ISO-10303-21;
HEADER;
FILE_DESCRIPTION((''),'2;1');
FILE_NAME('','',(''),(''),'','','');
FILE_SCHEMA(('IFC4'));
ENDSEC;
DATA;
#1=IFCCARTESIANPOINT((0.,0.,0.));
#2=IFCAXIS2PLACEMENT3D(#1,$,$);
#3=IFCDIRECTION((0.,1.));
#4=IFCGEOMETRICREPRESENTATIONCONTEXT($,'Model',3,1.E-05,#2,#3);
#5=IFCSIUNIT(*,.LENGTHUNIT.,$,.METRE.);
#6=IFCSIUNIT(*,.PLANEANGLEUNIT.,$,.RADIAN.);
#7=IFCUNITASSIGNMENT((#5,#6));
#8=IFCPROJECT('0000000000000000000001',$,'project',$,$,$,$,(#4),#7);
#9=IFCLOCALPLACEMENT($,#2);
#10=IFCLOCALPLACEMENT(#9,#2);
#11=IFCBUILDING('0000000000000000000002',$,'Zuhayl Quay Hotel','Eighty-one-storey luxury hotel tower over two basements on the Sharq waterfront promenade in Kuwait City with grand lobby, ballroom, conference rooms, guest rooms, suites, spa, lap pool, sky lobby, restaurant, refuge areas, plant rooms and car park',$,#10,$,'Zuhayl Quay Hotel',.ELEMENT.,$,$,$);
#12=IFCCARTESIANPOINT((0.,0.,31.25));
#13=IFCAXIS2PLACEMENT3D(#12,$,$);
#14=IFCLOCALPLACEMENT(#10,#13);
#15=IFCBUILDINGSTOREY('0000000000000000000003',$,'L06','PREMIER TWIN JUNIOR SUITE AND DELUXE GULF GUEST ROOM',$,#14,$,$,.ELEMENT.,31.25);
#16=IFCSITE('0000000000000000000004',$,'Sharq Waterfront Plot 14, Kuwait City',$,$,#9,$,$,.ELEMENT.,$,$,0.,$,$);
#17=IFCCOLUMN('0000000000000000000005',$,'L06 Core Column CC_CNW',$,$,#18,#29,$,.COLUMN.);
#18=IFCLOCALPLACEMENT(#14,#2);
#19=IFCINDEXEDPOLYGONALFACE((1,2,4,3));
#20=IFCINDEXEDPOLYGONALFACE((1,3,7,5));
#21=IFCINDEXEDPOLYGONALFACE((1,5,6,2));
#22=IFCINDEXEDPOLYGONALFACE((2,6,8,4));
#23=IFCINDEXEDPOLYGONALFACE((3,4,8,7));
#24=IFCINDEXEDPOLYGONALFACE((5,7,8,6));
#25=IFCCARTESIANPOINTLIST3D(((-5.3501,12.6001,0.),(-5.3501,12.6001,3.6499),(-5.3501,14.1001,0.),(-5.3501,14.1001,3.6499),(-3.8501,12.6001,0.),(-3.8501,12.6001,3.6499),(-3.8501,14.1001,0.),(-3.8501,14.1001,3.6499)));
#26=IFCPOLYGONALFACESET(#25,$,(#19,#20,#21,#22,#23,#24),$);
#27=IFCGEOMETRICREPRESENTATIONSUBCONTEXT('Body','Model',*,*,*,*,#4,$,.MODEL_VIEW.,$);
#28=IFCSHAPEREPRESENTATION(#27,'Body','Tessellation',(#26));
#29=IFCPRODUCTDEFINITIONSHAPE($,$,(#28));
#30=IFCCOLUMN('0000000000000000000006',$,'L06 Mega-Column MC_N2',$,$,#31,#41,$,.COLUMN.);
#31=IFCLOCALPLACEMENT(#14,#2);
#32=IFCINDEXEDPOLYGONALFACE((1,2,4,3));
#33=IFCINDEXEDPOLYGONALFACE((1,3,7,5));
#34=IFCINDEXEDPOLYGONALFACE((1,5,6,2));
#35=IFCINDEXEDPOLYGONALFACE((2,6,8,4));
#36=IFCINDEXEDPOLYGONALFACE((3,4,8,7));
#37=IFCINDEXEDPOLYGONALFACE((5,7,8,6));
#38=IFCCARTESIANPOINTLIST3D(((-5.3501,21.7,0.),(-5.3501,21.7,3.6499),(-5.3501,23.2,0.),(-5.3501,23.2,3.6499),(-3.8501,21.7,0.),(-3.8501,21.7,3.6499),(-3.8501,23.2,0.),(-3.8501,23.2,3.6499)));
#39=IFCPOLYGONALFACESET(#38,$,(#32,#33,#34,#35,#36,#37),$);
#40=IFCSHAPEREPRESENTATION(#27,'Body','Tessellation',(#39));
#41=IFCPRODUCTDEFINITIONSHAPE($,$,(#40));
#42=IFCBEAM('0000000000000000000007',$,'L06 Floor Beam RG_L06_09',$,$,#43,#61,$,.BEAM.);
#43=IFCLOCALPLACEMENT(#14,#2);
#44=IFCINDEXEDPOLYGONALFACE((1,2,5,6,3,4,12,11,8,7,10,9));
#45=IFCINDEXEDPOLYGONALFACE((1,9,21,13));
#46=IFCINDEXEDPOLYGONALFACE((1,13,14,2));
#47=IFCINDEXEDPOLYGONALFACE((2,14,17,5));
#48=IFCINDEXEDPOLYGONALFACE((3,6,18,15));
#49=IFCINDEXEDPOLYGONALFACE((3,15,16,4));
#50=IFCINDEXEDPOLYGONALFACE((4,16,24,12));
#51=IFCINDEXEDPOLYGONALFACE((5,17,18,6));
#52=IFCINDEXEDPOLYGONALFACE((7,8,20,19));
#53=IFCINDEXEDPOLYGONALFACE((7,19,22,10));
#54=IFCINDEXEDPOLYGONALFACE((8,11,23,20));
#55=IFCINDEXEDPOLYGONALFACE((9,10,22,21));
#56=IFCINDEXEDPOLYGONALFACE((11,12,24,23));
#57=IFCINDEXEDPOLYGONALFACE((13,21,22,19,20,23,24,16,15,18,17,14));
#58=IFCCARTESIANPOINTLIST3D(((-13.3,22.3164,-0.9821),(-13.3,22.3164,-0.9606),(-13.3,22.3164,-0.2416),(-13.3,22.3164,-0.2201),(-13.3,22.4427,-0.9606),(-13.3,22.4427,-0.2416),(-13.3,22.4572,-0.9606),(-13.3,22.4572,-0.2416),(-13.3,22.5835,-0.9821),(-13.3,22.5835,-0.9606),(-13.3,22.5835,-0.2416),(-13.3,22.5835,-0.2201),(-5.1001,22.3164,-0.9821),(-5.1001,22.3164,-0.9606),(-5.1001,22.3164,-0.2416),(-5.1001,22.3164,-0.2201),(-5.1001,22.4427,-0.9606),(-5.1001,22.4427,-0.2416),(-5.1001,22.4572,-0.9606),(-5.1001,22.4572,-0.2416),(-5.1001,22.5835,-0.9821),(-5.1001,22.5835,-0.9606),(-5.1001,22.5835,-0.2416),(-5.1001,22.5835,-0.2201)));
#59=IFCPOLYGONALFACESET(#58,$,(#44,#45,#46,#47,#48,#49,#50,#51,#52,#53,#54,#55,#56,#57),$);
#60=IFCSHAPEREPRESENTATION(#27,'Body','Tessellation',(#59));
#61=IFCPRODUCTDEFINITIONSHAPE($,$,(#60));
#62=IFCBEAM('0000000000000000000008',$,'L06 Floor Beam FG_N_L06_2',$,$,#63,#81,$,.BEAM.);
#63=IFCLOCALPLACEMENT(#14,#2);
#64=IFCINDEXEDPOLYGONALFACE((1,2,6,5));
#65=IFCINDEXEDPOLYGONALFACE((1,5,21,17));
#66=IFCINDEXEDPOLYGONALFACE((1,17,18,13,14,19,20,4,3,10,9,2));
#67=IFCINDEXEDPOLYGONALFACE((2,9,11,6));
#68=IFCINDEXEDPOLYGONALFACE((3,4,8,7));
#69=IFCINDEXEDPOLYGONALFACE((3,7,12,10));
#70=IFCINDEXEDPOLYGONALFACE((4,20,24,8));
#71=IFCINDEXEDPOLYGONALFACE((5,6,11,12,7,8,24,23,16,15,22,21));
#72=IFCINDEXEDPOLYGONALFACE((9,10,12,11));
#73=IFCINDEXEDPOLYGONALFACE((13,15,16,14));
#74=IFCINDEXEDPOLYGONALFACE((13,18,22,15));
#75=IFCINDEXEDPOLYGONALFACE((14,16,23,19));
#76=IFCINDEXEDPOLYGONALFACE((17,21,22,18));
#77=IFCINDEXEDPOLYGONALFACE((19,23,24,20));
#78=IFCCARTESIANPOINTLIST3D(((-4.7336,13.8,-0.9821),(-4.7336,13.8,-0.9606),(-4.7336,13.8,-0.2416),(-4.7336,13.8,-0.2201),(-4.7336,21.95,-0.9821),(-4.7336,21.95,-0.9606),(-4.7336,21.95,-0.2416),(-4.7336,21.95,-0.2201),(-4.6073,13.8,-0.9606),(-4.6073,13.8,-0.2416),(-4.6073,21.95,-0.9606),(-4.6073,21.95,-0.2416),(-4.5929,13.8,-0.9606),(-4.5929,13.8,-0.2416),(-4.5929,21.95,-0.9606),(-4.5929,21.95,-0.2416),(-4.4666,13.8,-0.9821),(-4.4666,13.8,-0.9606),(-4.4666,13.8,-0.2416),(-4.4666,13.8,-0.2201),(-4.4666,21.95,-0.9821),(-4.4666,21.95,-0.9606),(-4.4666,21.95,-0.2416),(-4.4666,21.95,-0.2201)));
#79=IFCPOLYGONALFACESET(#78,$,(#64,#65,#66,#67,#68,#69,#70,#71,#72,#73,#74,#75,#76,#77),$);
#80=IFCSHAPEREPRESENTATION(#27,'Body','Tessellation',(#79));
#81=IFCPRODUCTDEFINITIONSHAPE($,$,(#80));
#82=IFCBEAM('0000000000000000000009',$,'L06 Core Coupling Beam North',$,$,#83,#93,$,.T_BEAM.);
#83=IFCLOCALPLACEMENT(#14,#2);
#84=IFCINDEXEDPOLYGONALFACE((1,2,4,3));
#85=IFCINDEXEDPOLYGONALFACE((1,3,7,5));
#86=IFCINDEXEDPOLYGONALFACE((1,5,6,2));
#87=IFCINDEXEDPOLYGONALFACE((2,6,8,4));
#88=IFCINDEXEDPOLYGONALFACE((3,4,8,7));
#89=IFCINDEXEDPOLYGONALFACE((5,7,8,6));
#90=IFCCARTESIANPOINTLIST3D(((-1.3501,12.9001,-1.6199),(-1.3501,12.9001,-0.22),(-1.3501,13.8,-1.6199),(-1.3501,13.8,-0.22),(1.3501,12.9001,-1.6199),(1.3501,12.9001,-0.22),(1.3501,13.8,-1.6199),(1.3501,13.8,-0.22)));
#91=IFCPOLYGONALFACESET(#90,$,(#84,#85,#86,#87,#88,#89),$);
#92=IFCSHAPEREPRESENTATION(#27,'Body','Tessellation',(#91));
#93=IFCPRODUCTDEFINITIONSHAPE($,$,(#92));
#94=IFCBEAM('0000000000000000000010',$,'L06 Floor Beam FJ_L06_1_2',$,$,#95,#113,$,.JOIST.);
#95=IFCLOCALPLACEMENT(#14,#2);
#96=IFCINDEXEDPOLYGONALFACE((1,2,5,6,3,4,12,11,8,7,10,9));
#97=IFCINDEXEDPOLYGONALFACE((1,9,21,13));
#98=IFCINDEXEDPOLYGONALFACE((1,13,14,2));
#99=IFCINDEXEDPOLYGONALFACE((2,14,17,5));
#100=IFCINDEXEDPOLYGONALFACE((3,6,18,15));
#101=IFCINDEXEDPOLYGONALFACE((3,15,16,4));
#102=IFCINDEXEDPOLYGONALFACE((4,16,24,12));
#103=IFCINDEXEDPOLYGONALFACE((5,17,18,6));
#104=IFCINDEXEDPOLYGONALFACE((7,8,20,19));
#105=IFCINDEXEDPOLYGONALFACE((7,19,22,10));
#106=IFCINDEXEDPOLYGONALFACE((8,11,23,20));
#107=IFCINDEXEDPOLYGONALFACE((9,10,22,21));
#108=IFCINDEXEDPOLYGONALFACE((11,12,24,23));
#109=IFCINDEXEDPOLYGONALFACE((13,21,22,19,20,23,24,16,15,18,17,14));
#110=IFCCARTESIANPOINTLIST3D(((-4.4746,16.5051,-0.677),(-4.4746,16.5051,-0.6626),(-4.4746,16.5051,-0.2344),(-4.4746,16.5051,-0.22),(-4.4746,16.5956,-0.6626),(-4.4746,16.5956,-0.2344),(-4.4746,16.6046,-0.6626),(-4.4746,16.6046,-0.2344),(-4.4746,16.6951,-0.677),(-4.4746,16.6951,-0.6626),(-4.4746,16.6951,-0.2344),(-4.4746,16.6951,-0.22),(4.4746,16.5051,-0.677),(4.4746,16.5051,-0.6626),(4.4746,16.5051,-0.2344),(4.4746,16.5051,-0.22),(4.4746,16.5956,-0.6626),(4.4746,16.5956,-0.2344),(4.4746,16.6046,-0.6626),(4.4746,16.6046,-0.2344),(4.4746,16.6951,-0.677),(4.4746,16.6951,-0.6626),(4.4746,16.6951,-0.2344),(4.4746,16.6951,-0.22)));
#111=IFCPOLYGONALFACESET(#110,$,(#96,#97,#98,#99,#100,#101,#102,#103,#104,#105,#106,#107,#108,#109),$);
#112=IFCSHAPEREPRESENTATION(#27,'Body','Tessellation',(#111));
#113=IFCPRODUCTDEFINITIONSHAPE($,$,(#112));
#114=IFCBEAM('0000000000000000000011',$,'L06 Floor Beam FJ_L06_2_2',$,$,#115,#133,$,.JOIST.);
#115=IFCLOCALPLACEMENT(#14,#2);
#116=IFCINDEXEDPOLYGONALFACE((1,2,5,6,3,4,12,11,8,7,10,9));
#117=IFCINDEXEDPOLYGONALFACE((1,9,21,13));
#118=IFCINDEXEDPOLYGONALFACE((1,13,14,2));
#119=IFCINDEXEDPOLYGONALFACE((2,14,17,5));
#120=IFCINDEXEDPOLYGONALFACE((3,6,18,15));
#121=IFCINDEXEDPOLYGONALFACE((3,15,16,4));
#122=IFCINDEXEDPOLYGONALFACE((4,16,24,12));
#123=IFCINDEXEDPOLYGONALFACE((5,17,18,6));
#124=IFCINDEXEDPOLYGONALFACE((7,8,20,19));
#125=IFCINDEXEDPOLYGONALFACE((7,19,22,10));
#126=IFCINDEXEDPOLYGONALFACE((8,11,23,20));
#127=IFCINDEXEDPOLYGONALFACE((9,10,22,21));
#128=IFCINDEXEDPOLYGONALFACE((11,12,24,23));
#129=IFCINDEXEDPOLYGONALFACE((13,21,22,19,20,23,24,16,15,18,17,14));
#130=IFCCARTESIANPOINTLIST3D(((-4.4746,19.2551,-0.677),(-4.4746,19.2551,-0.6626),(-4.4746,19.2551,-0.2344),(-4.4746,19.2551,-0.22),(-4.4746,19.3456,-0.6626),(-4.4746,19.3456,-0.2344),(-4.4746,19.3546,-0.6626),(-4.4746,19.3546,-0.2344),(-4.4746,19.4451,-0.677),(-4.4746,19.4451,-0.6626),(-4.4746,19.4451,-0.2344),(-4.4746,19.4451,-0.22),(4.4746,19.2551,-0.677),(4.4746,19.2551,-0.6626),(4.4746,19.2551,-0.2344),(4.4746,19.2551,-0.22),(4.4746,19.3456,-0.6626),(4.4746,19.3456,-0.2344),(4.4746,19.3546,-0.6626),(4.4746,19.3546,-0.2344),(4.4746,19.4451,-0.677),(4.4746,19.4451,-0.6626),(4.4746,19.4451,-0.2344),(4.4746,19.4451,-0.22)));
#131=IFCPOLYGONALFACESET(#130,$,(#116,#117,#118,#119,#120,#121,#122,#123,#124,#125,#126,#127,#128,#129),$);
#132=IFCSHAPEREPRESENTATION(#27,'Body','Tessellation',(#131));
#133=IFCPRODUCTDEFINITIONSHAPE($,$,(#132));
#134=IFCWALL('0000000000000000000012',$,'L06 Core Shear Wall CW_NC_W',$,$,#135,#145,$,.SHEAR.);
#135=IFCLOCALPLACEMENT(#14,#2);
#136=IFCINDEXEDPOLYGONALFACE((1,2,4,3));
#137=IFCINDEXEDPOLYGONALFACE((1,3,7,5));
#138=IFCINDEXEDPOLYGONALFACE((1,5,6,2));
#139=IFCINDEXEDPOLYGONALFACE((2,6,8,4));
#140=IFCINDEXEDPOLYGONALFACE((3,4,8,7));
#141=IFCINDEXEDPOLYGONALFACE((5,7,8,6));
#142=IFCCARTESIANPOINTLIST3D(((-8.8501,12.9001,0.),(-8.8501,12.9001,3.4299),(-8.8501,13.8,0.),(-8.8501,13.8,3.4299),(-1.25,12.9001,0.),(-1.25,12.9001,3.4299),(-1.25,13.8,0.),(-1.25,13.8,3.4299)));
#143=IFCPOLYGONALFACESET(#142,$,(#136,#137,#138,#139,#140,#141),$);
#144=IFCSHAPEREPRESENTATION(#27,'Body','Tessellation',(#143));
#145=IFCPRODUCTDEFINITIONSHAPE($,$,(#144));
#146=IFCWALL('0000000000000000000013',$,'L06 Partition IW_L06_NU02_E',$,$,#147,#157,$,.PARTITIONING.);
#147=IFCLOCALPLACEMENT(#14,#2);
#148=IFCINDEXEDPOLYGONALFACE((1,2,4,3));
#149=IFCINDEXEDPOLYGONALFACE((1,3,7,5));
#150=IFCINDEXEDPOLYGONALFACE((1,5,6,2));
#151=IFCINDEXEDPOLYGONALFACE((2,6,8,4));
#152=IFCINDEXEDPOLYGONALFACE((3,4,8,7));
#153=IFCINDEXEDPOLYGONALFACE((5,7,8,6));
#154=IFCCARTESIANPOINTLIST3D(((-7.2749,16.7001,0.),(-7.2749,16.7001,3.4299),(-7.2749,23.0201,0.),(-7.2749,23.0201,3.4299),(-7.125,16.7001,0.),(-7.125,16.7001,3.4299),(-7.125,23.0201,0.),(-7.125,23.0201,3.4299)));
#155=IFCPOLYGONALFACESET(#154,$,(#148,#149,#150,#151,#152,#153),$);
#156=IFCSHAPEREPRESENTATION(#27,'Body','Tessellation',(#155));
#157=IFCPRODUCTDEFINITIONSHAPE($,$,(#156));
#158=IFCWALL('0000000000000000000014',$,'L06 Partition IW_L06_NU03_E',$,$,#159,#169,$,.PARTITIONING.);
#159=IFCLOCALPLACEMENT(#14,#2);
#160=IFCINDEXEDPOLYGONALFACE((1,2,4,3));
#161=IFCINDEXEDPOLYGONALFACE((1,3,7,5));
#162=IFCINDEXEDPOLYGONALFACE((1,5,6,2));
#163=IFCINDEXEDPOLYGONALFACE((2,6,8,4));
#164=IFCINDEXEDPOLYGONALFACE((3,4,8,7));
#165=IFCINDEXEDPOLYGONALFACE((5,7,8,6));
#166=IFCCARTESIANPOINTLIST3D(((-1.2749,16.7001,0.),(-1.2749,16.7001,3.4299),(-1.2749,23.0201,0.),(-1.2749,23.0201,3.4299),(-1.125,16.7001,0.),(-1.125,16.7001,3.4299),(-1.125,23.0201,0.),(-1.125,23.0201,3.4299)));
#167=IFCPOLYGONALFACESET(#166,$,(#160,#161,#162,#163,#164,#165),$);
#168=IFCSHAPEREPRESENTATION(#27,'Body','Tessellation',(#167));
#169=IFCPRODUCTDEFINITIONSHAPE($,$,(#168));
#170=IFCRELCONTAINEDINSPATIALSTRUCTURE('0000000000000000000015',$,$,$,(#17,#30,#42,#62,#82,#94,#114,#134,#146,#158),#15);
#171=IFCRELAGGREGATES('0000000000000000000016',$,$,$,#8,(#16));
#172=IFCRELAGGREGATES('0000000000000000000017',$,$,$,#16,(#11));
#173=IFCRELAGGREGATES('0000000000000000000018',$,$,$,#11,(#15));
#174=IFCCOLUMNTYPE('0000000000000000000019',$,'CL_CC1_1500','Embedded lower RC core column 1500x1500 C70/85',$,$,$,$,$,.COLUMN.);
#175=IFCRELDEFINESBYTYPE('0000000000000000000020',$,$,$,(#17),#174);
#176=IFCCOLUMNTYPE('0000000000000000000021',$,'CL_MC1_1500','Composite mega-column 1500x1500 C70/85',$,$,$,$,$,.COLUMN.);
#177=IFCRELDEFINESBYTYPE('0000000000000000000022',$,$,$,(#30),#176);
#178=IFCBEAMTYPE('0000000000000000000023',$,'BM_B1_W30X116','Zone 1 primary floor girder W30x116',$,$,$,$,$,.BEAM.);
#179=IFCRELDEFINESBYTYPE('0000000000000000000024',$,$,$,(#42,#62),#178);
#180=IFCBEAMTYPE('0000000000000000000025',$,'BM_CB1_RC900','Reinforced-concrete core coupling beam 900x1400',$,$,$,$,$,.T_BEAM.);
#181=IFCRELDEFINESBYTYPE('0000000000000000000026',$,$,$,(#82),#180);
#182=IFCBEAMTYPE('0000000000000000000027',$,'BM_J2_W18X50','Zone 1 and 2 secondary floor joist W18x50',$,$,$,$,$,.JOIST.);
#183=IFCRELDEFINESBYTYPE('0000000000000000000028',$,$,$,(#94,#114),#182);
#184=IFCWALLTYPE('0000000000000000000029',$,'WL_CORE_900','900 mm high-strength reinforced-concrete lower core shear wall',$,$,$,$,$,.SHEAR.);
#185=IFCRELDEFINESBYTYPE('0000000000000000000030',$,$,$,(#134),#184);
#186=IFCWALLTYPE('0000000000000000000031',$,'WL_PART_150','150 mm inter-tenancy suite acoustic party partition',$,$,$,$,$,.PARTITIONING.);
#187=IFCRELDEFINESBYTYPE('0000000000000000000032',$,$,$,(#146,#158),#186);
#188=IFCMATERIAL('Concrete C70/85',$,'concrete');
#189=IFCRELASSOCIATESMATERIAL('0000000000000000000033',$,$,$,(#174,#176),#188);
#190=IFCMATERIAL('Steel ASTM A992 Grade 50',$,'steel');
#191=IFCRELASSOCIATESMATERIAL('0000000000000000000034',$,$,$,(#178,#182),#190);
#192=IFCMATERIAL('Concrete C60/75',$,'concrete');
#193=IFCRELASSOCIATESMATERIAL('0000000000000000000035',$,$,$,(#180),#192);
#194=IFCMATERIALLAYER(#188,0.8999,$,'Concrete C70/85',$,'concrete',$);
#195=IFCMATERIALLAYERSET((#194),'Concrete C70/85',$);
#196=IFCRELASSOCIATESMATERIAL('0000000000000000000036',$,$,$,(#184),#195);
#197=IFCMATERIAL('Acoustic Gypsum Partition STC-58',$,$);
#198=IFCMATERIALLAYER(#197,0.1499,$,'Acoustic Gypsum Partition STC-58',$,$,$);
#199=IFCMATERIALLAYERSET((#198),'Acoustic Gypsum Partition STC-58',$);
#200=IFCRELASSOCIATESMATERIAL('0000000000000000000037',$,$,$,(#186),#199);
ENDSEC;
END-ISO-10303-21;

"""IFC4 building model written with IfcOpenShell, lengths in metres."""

from ifc_helpers import new_model, si_unit, direction, frame, frame_2d, origin, origin_2d, place, context, subcontext, project, spatial, rectangle, i_section, extrude, material, layer, layer_set, material_profile, profile_set, type_object, element, save


model = new_model("IFC4")

# Units and contexts
model_context = context("Model", 3, precision=1e-05, world=origin(), true_north=direction((0.0, 1.0)))
body_context = subcontext(model_context, "Body", "Model", "MODEL_VIEW")
ifc_project = project(units=[si_unit("LENGTHUNIT", "METRE"), si_unit("PLANEANGLEUNIT", "RADIAN")], contexts=[model_context])

# Site, building, storey
site_placement = place(None, origin())
site = spatial("IfcSite", under=ifc_project, at=site_placement, Name="Sharq Waterfront Plot 14, Kuwait City", CompositionType="ELEMENT", RefElevation=0.0)
building_placement = place(site_placement, origin())
building = spatial("IfcBuilding", under=site, at=building_placement, Name="Zuhayl Quay Hotel", Description="Eighty-one-storey luxury hotel tower over two basements on the Sharq waterfront promenade in Kuwait City with grand lobby, ballroom, conference rooms, guest rooms, suites, spa, lap pool, sky lobby, restaurant, refuge areas, plant rooms and car park", LongName="Zuhayl Quay Hotel", CompositionType="ELEMENT")
storey_placement = place(building_placement, frame((0.0, 0.0, 31.25)))
storey = spatial("IfcBuildingStorey", under=building, at=storey_placement, Name="L06", Description="PREMIER TWIN JUNIOR SUITE AND DELUXE GULF GUEST ROOM", CompositionType="ELEMENT", Elevation=31.25)

# Columns
ifc_material_1 = material(Name="Concrete C70/85", Category="concrete")
ifc_material_profile_1 = material_profile(ifc_material_1, rectangle(XDim=1.5, YDim=1.5, at=origin_2d()), Name="RC1500X1500")
ifc_profile_set_1 = profile_set([ifc_material_profile_1], Name="Concrete C70/85")
column_type_1 = type_object("IfcColumnType", Name="CL_CC1_1500", Description="Embedded lower RC core column 1500x1500 C70/85", PredefinedType="COLUMN", material=ifc_profile_set_1)
column_1_placement = place(storey_placement, frame((-4.6001, 13.3501, 0.0), z_axis=(0.0, 0.0, 1.0), x_axis=(1.0, 0.0, 0.0)))
element("IfcColumn", 1, at=column_1_placement, inside=storey, type_object=column_type_1, Name="L06 Core Column CC_CNW", PredefinedType="COLUMN", context=body_context, shape_type="SweptSolid", body=[
    extrude(rectangle(XDim=1.5, YDim=1.5, at=origin_2d()), origin(), (0.0, 0.0, 1.0), 3.6499),
])
ifc_material_profile_2 = material_profile(ifc_material_1, rectangle(XDim=1.5, YDim=1.5, at=origin_2d()), Name="RC1500X1500")
ifc_profile_set_2 = profile_set([ifc_material_profile_2], Name="Concrete C70/85")
column_type_2 = type_object("IfcColumnType", Name="CL_MC1_1500", Description="Composite mega-column 1500x1500 C70/85", PredefinedType="COLUMN", material=ifc_profile_set_2)
column_2_placement = place(storey_placement, frame((-4.6001, 22.45, 0.0), z_axis=(0.0, 0.0, 1.0), x_axis=(1.0, 0.0, 0.0)))
element("IfcColumn", 2, at=column_2_placement, inside=storey, type_object=column_type_2, Name="L06 Mega-Column MC_N2", PredefinedType="COLUMN", context=body_context, shape_type="SweptSolid", body=[
    extrude(rectangle(XDim=1.5, YDim=1.5, at=origin_2d()), origin(), (0.0, 0.0, 1.0), 3.6499),
])

# Beams
ifc_material_2 = material(Name="Steel ASTM A992 Grade 50", Category="steel")
ifc_material_profile_3 = material_profile(ifc_material_2, i_section(OverallWidth=0.2671, OverallDepth=0.762, WebThickness=0.0144, FlangeThickness=0.0215, at=origin_2d()), Name="W30X116")
ifc_profile_set_3 = profile_set([ifc_material_profile_3], Name="Steel ASTM A992 Grade 50")
beam_type_1 = type_object("IfcBeamType", Name="BM_B1_W30X116", Description="Zone 1 primary floor girder W30x116", PredefinedType="BEAM", material=ifc_profile_set_3)
beam_1_placement = place(storey_placement, frame((-5.1001, 22.45, -0.6011), z_axis=(-1.0, 0.0, 0.0), x_axis=(0.0, -1.0, 0.0)))
element("IfcBeam", 3, at=beam_1_placement, inside=storey, type_object=beam_type_1, Name="L06 Floor Beam RG_L06_09", PredefinedType="BEAM", context=body_context, shape_type="SweptSolid", body=[
    extrude(i_section(OverallWidth=0.2671, OverallDepth=0.762, WebThickness=0.0144, FlangeThickness=0.0215, at=origin_2d()), origin(), (0.0, 0.0, 1.0), 8.2),
])
beam_2_placement = place(storey_placement, frame((-4.6001, 13.8, -0.6011), z_axis=(0.0, 1.0, 0.0), x_axis=(-1.0, 0.0, 0.0)))
element("IfcBeam", 4, at=beam_2_placement, inside=storey, type_object=beam_type_1, Name="L06 Floor Beam FG_N_L06_2", PredefinedType="BEAM", context=body_context, shape_type="SweptSolid", body=[
    extrude(i_section(OverallWidth=0.2671, OverallDepth=0.762, WebThickness=0.0144, FlangeThickness=0.0215, at=origin_2d()), origin(), (0.0, 0.0, 1.0), 8.1499),
])
ifc_material_3 = material(Name="Concrete C60/75", Category="concrete")
ifc_material_profile_4 = material_profile(ifc_material_3, rectangle(XDim=0.8999, YDim=1.3999, at=origin_2d()), Name="RC900X1400")
ifc_profile_set_4 = profile_set([ifc_material_profile_4], Name="Concrete C60/75")
beam_type_2 = type_object("IfcBeamType", Name="BM_CB1_RC900", Description="Reinforced-concrete core coupling beam 900x1400", PredefinedType="T_BEAM", material=ifc_profile_set_4)
beam_3_placement = place(storey_placement, frame((-1.3501, 13.3501, -0.9199), z_axis=(1.0, 0.0, 0.0), x_axis=(0.0, 1.0, 0.0)))
element("IfcBeam", 5, at=beam_3_placement, inside=storey, type_object=beam_type_2, Name="L06 Core Coupling Beam North", PredefinedType="T_BEAM", context=body_context, shape_type="SweptSolid", body=[
    extrude(rectangle(XDim=0.8999, YDim=1.3999, at=origin_2d()), origin(), (0.0, 0.0, 1.0), 2.7002),
])
ifc_material_profile_5 = material_profile(ifc_material_2, i_section(OverallWidth=0.1899, OverallDepth=0.457, WebThickness=0.009, FlangeThickness=0.0144, at=origin_2d()), Name="W18X50")
ifc_profile_set_5 = profile_set([ifc_material_profile_5], Name="Steel ASTM A992 Grade 50")
beam_type_3 = type_object("IfcBeamType", Name="BM_J2_W18X50", Description="Zone 1 and 2 secondary floor joist W18x50", PredefinedType="JOIST", material=ifc_profile_set_5)
for number, where, z_axis, x_axis, name in (
    (6, (-4.4746, 16.6001, -0.4485), (1.0, 0.0, 0.0), (0.0, 1.0, 0.0), "L06 Floor Beam FJ_L06_1_2"),
    (7, (-4.4746, 19.3501, -0.4485), (1.0, 0.0, 0.0), (0.0, 1.0, 0.0), "L06 Floor Beam FJ_L06_2_2"),
):
    element("IfcBeam", number, at=place(storey_placement, frame(where, z_axis=z_axis, x_axis=x_axis)), inside=storey, type_object=beam_type_3, Name=name, PredefinedType="JOIST", context=body_context, shape_type="SweptSolid", body=[
        extrude(i_section(OverallWidth=0.1899, OverallDepth=0.457, WebThickness=0.009, FlangeThickness=0.0144, at=origin_2d()), origin(), (0.0, 0.0, 1.0), 8.9492),
    ])

# Walls
ifc_layer_1 = layer(ifc_material_1, 0.8999, Name="Concrete C70/85", Category="concrete")
ifc_layer_set_1 = layer_set([ifc_layer_1], Name="Concrete C70/85")
wall_type_1 = type_object("IfcWallType", Name="WL_CORE_900", Description="900 mm high-strength reinforced-concrete lower core shear wall", PredefinedType="SHEAR", material=ifc_layer_set_1)
wall_1_placement = place(storey_placement, frame((-8.8501, 13.3501, 0.0), z_axis=(0.0, 0.0, 1.0), x_axis=(1.0, 0.0, 0.0)))
element("IfcWall", 8, at=wall_1_placement, inside=storey, type_object=wall_type_1, Name="L06 Core Shear Wall CW_NC_W", PredefinedType="SHEAR", context=body_context, shape_type="SweptSolid", body=[
    extrude(rectangle(XDim=7.6001, YDim=0.8999, at=frame_2d((3.8, 0.0))), origin(), (0.0, 0.0, 1.0), 3.4299),
])
ifc_material_4 = material(Name="Acoustic Gypsum Partition STC-58")
ifc_layer_2 = layer(ifc_material_4, 0.1499, Name="Acoustic Gypsum Partition STC-58")
ifc_layer_set_2 = layer_set([ifc_layer_2], Name="Acoustic Gypsum Partition STC-58")
wall_type_2 = type_object("IfcWallType", Name="WL_PART_150", Description="150 mm inter-tenancy suite acoustic party partition", PredefinedType="PARTITIONING", material=ifc_layer_set_2)
for number, where, z_axis, x_axis, name in (
    (9, (-7.2, 16.7, 0.0), (0.0, 0.0, 1.0), (0.0, 1.0, 0.0), "L06 Partition IW_L06_NU02_E"),
    (10, (-1.2, 16.7, 0.0), (0.0, 0.0, 1.0), (0.0, 1.0, 0.0), "L06 Partition IW_L06_NU03_E"),
):
    element("IfcWall", number, at=place(storey_placement, frame(where, z_axis=z_axis, x_axis=x_axis)), inside=storey, type_object=wall_type_2, Name=name, PredefinedType="PARTITIONING", context=body_context, shape_type="SweptSolid", body=[
        extrude(rectangle(XDim=6.3201, YDim=0.1499, at=frame_2d((3.1602, 0.0))), origin(), (0.0, 0.0, 1.0), 3.4299),
    ])

save(model, "model.ifc")
